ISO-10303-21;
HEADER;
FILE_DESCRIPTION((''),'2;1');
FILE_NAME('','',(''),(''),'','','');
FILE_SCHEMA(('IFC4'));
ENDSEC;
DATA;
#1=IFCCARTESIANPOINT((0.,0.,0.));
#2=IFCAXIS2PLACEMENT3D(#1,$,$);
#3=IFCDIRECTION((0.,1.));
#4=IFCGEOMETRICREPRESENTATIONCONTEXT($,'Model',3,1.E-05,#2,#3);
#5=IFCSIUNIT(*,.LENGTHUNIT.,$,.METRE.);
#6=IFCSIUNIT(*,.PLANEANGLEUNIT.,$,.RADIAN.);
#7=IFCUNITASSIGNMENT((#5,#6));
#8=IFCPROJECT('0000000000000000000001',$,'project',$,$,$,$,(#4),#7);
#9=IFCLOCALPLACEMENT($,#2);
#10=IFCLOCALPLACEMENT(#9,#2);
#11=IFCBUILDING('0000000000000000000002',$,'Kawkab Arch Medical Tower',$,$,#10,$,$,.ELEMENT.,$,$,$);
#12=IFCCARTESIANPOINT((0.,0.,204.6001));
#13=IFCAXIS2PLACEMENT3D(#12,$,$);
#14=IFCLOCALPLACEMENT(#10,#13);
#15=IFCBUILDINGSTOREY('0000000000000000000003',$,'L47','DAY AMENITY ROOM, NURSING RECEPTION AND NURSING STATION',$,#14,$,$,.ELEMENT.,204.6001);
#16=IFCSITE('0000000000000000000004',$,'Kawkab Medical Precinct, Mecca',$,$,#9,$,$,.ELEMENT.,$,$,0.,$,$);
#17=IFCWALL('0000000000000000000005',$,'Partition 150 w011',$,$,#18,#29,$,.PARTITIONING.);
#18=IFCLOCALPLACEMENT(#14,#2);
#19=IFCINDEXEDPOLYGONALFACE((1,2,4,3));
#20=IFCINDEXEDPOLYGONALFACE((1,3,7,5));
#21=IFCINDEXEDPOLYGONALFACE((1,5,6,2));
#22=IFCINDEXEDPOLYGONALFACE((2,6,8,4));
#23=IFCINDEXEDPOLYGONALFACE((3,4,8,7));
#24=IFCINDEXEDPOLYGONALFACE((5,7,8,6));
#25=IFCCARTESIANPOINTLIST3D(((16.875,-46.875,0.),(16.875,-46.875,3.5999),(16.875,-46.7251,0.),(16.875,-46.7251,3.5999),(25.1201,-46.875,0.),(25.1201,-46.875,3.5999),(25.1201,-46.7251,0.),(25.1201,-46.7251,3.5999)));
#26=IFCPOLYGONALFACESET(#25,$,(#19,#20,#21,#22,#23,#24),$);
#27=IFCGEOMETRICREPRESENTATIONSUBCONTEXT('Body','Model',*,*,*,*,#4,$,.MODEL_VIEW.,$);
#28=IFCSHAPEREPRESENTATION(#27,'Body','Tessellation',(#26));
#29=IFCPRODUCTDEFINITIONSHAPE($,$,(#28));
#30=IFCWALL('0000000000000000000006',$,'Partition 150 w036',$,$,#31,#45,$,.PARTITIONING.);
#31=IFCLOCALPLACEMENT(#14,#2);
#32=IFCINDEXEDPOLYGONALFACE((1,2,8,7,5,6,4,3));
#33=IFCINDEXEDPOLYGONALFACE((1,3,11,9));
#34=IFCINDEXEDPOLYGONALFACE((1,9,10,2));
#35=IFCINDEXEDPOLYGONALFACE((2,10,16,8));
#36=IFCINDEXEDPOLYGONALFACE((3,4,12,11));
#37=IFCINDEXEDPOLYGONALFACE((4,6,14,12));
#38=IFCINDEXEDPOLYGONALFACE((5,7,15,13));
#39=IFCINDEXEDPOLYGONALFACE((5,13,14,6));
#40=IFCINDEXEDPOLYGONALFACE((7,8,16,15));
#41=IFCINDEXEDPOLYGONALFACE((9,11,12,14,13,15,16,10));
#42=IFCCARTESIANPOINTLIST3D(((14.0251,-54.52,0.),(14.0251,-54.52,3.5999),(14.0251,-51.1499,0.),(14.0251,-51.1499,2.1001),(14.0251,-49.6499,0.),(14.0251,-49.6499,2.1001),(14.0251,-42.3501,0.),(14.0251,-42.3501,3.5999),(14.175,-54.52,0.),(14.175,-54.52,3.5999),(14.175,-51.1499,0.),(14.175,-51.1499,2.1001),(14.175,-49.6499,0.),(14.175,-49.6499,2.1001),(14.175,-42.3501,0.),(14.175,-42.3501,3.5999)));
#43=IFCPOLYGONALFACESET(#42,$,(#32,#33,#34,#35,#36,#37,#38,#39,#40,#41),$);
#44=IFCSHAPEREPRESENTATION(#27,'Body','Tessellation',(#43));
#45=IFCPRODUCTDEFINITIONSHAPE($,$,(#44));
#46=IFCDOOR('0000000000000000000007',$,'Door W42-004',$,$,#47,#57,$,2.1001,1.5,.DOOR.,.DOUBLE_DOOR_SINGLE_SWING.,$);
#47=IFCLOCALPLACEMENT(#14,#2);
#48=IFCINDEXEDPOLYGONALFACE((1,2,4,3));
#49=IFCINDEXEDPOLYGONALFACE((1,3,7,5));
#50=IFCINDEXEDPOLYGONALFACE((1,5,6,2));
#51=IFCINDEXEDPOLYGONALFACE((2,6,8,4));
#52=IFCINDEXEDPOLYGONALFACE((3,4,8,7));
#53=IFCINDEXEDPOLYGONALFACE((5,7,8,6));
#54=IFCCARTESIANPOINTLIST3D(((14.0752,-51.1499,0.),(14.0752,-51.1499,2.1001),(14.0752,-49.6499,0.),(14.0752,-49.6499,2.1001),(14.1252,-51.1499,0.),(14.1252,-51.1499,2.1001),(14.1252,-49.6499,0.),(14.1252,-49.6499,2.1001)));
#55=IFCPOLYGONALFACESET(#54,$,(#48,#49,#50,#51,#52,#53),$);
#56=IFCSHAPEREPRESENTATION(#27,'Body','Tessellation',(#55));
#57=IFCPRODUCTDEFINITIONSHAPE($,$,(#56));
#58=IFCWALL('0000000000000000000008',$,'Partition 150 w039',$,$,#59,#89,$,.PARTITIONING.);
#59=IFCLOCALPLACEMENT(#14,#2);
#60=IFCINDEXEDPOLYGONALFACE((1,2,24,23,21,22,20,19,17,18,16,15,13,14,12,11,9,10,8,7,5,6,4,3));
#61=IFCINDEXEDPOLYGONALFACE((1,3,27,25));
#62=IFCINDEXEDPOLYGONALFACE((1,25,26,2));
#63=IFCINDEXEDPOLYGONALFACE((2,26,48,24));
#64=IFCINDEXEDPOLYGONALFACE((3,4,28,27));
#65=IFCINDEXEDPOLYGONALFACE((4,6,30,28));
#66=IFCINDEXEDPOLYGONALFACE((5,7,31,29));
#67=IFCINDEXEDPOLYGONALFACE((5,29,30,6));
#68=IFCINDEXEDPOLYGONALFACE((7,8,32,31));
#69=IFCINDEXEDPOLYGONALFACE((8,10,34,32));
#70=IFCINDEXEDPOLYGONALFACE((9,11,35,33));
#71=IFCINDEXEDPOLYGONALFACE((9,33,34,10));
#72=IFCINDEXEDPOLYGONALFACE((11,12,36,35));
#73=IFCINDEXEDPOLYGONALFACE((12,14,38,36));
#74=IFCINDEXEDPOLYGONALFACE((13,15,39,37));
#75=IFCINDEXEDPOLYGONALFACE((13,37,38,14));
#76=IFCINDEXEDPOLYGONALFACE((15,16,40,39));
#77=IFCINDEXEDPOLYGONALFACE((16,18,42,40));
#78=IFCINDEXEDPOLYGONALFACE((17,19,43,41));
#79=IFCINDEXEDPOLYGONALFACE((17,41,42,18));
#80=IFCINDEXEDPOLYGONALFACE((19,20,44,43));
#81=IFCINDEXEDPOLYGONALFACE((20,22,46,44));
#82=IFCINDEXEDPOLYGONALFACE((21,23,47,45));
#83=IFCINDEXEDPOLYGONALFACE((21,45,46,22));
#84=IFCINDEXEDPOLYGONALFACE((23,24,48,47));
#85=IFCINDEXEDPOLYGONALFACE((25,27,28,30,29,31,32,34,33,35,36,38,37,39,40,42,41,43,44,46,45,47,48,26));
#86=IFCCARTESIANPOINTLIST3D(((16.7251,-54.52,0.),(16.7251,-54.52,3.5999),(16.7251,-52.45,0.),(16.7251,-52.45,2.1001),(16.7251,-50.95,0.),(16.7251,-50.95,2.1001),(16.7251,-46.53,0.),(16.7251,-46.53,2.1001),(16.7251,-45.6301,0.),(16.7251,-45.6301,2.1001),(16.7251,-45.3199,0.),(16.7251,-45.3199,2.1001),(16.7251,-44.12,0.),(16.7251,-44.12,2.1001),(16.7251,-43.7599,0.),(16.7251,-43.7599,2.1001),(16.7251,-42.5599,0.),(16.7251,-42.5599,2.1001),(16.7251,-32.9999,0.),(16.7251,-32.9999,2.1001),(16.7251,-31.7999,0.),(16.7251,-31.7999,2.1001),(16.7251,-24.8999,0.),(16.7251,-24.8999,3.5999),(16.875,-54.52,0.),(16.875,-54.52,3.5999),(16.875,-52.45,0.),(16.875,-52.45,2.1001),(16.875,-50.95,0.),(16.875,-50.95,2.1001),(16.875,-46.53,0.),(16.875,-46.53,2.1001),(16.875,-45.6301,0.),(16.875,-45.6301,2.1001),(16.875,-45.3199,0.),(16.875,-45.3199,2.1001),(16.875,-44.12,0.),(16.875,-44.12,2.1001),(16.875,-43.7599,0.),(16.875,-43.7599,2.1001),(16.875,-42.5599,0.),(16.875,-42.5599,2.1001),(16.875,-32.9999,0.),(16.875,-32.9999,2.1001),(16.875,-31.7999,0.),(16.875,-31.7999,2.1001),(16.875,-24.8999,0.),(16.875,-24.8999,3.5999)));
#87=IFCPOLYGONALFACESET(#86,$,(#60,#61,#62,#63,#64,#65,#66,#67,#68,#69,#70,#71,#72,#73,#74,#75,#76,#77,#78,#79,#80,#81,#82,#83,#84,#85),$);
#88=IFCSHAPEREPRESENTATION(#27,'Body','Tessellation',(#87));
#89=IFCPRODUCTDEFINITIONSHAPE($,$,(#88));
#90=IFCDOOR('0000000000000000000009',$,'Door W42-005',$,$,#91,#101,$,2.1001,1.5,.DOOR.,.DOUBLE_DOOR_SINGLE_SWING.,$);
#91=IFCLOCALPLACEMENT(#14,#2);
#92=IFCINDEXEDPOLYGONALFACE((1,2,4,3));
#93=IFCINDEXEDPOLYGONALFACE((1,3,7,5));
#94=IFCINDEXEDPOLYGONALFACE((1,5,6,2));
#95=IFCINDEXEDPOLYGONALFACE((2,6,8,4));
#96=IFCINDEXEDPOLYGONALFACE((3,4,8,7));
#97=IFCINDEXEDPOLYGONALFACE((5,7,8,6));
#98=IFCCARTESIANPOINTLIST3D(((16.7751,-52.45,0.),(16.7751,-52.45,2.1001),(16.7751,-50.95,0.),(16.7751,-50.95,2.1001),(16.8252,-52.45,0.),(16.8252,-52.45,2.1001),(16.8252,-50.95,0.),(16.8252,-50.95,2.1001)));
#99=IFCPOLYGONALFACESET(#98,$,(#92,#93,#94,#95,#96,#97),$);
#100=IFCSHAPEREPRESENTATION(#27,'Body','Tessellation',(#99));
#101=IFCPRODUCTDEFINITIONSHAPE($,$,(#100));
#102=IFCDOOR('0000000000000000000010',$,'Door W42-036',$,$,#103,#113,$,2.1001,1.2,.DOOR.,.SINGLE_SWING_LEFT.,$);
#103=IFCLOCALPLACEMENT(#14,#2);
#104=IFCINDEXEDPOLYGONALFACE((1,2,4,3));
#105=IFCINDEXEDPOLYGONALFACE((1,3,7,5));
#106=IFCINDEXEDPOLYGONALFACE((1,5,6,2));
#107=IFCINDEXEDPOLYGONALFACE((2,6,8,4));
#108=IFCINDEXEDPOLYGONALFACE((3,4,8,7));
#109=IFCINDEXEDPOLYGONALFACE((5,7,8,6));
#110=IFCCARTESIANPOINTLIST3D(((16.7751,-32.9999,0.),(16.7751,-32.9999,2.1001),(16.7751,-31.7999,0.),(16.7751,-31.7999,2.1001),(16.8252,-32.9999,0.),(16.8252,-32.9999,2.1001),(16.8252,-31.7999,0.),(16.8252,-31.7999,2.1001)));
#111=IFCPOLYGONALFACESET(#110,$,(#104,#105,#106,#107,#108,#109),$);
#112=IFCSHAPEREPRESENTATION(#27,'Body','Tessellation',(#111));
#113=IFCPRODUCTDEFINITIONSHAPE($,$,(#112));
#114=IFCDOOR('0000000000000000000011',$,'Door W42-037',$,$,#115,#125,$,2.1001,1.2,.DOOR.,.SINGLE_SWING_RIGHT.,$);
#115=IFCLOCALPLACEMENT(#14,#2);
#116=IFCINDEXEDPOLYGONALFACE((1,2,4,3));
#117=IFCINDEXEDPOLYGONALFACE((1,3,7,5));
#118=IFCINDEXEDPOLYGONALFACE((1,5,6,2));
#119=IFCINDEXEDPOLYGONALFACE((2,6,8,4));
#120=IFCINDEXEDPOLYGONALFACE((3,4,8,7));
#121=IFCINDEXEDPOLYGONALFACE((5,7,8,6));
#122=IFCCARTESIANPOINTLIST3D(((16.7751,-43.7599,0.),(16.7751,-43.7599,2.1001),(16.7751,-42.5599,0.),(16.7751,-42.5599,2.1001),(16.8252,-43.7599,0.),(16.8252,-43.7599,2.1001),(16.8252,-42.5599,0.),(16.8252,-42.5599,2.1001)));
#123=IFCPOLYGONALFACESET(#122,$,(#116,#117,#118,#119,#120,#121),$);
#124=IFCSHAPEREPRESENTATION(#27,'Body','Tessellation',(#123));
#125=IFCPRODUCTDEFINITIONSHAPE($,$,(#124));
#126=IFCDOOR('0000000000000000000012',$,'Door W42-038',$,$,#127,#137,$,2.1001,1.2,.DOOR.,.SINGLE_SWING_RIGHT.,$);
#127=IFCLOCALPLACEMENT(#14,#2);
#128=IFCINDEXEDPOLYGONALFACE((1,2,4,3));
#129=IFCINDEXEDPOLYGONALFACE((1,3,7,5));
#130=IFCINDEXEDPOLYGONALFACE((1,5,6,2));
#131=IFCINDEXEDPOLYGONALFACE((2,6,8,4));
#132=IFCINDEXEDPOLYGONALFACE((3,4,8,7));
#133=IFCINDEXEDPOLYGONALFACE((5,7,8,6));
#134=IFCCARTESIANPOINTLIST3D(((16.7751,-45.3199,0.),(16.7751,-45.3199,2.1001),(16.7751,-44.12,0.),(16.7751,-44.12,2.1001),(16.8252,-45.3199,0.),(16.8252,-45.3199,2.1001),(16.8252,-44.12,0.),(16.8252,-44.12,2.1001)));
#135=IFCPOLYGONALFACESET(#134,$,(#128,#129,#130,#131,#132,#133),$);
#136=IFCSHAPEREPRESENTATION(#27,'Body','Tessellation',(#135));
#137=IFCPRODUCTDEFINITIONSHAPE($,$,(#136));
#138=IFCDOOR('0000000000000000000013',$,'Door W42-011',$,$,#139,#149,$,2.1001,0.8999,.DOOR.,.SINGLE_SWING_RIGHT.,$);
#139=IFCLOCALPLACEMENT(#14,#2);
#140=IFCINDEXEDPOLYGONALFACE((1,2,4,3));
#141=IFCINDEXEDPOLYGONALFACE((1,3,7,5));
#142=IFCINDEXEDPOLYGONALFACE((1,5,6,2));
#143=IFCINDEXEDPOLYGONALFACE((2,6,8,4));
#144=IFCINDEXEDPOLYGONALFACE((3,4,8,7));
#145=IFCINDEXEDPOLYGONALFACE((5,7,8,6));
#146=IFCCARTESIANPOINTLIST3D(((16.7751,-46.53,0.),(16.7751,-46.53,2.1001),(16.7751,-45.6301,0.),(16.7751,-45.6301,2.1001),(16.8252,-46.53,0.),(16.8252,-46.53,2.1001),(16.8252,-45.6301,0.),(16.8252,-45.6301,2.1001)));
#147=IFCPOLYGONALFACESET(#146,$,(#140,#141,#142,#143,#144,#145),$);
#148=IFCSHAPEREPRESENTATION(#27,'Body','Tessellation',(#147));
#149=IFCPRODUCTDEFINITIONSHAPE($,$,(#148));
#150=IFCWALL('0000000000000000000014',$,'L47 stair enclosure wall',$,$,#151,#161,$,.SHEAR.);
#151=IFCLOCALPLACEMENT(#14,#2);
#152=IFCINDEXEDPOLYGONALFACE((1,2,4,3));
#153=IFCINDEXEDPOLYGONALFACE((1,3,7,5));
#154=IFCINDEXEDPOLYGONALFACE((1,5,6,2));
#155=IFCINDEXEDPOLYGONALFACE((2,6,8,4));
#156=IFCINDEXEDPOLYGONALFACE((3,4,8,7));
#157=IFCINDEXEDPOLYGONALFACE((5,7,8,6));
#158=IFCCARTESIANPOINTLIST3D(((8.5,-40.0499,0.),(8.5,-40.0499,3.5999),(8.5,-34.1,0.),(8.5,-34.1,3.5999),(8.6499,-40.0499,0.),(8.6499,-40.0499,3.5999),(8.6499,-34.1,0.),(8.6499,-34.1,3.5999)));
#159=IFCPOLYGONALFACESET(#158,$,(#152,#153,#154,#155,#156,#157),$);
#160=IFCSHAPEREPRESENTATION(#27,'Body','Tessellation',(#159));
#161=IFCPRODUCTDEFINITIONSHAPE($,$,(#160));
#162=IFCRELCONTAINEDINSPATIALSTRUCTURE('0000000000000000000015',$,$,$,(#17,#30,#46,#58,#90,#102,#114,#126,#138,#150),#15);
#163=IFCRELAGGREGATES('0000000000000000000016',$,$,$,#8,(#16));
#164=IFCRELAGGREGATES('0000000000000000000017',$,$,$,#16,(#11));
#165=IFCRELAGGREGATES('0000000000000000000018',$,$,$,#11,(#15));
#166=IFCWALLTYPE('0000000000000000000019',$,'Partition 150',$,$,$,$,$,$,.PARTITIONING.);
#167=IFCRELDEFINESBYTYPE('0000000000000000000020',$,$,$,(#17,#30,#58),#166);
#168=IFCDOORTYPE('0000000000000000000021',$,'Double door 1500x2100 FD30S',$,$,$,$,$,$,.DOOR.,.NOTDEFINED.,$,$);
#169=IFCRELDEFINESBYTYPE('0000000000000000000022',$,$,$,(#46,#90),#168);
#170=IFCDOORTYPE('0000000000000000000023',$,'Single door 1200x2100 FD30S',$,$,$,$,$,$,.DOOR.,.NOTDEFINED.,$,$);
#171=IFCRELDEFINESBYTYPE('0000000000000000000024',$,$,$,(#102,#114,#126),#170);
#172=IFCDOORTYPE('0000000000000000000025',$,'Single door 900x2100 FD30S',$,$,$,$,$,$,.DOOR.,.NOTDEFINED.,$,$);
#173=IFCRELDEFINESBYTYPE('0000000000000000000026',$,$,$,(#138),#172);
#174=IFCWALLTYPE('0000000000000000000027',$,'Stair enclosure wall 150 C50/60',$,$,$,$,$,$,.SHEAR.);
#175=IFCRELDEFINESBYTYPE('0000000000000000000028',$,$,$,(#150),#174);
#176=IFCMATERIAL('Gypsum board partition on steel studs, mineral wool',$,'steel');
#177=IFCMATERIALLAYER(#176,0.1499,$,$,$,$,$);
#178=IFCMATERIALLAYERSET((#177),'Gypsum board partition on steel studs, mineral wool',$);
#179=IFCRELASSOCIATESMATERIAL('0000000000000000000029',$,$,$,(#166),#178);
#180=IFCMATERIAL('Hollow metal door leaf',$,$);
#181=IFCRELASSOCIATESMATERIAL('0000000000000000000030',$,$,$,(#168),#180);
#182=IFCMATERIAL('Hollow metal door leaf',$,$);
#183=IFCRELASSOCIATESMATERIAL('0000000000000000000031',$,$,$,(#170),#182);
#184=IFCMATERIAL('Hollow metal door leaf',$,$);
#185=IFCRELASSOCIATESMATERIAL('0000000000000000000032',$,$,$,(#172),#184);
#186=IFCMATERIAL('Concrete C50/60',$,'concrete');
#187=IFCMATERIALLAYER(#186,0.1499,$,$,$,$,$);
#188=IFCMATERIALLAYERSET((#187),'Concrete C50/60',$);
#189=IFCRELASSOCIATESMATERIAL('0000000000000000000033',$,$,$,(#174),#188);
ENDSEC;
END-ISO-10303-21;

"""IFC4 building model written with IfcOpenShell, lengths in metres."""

from ifc_helpers import new_model, si_unit, direction, frame, frame_2d, origin, place, context, subcontext, project, spatial, rectangle, extrude, material, layer, layer_set, type_object, element, fill, save


model = new_model("IFC4")

# Units and contexts
model_context = context("Model", 3, precision=1e-05, world=origin(), true_north=direction((0.0, 1.0)))
body_context = subcontext(model_context, "Body", "Model", "MODEL_VIEW")
ifc_project = project(units=[si_unit("LENGTHUNIT", "METRE"), si_unit("PLANEANGLEUNIT", "RADIAN")], contexts=[model_context])

# Site, building, storey
site_placement = place(None, origin())
site = spatial("IfcSite", under=ifc_project, at=site_placement, Name="Kawkab Medical Precinct, Mecca", CompositionType="ELEMENT", RefElevation=0.0)
building_placement = place(site_placement, origin())
building = spatial("IfcBuilding", under=site, at=building_placement, Name="Kawkab Arch Medical Tower", CompositionType="ELEMENT")
storey_placement = place(building_placement, frame((0.0, 0.0, 204.6001)))
storey = spatial("IfcBuildingStorey", under=building, at=storey_placement, Name="L47", Description="DAY AMENITY ROOM, NURSING RECEPTION AND NURSING STATION", CompositionType="ELEMENT", Elevation=204.6001)

# Wall
ifc_material_1 = material(Name="Gypsum board partition on steel studs, mineral wool", Category="steel")
ifc_layer_1 = layer(ifc_material_1, 0.1499)
ifc_layer_set_1 = layer_set([ifc_layer_1], Name="Gypsum board partition on steel studs, mineral wool")
wall_type_1 = type_object("IfcWallType", Name="Partition 150", PredefinedType="PARTITIONING", material=ifc_layer_set_1)
wall_1_placement = place(storey_placement, frame((16.875, -46.8, 0.0), z_axis=(0.0, 0.0, 1.0), x_axis=(1.0, 0.0, 0.0)))
element("IfcWall", 1, at=wall_1_placement, inside=storey, type_object=wall_type_1, Name="Partition 150 w011", PredefinedType="PARTITIONING", context=body_context, shape_type="SweptSolid", body=[
    extrude(rectangle(XDim=8.2451, YDim=0.1499, at=frame_2d((4.1226, 0.0))), origin(), (0.0, 0.0, 1.0), 3.5999),
])

# Wall, opening, door
wall_2_placement = place(storey_placement, frame((14.1001, -54.52, 0.0), z_axis=(0.0, 0.0, 1.0), x_axis=(0.0, 1.0, 0.0)))
wall_2 = element("IfcWall", 2, at=wall_2_placement, inside=storey, type_object=wall_type_1, Name="Partition 150 w036", PredefinedType="PARTITIONING", context=body_context, shape_type="SweptSolid", body=[
    extrude(rectangle(XDim=12.1699, YDim=0.1499, at=frame_2d((6.085, 0.0))), origin(), (0.0, 0.0, 1.0), 3.5999),
])
opening_1_placement = place(wall_2_placement, frame((3.3701, 0.0, 0.0)))
opening_1 = element("IfcOpeningElement", 3, at=opening_1_placement, cuts=wall_2, PredefinedType="OPENING", context=body_context, shape_type="SweptSolid", body=[
    extrude(rectangle(XDim=1.5, YDim=2.1001, at=frame_2d((0.75, 1.05))), frame((0.0, 0.085, 0.0), z_axis=(0.0, -1.0, 0.0), x_axis=(1.0, 0.0, 0.0)), (0.0, 0.0, 1.0), 0.1699),
])
ifc_material_2 = material(Name="Hollow metal door leaf")
door_type_1 = type_object("IfcDoorType", Name="Double door 1500x2100 FD30S", OperationType="NOTDEFINED", PredefinedType="DOOR", material=ifc_material_2)
door_1_placement = place(opening_1_placement, origin())
door_1 = element("IfcDoor", 4, at=door_1_placement, inside=storey, type_object=door_type_1, Name="Door W42-004", OperationType="DOUBLE_DOOR_SINGLE_SWING", OverallHeight=2.1001, OverallWidth=1.5, PredefinedType="DOOR", context=body_context, shape_type="SweptSolid", body=[
    extrude(rectangle(XDim=1.5, YDim=2.1001, at=frame_2d((0.75, 1.05))), frame((0.0, 0.0249, 0.0), z_axis=(0.0, -1.0, 0.0), x_axis=(1.0, 0.0, 0.0)), (0.0, 0.0, 1.0), 0.05),
])
fill(opening_1, door_1)

# Wall, openings, doors
wall_3_placement = place(storey_placement, frame((16.8, -54.52, 0.0), z_axis=(0.0, 0.0, 1.0), x_axis=(0.0, 1.0, 0.0)))
wall_3 = element("IfcWall", 5, at=wall_3_placement, inside=storey, type_object=wall_type_1, Name="Partition 150 w039", PredefinedType="PARTITIONING", context=body_context, shape_type="SweptSolid", body=[
    extrude(rectangle(XDim=29.6201, YDim=0.1499, at=frame_2d((14.8101, 0.0))), origin(), (0.0, 0.0, 1.0), 3.5999),
])
opening_2_placement = place(wall_3_placement, frame((21.52, 0.0, 0.0)))
opening_2 = element("IfcOpeningElement", 6, at=opening_2_placement, cuts=wall_3, PredefinedType="OPENING", context=body_context, shape_type="SweptSolid", body=[
    extrude(rectangle(XDim=1.2, YDim=2.1001, at=frame_2d((0.6001, 1.05))), frame((0.0, 0.085, 0.0), z_axis=(0.0, -1.0, 0.0), x_axis=(1.0, 0.0, 0.0)), (0.0, 0.0, 1.0), 0.1699),
])
opening_3_placement = place(wall_3_placement, frame((10.76, 0.0, 0.0)))
opening_3 = element("IfcOpeningElement", 7, at=opening_3_placement, cuts=wall_3, PredefinedType="OPENING", context=body_context, shape_type="SweptSolid", body=[
    extrude(rectangle(XDim=1.2, YDim=2.1001, at=frame_2d((0.6001, 1.05))), frame((0.0, 0.085, 0.0), z_axis=(0.0, -1.0, 0.0), x_axis=(1.0, 0.0, 0.0)), (0.0, 0.0, 1.0), 0.1699),
])
opening_4_placement = place(wall_3_placement, frame((9.2, 0.0, 0.0)))
opening_4 = element("IfcOpeningElement", 8, at=opening_4_placement, cuts=wall_3, PredefinedType="OPENING", context=body_context, shape_type="SweptSolid", body=[
    extrude(rectangle(XDim=1.2, YDim=2.1001, at=frame_2d((0.6001, 1.05))), frame((0.0, 0.085, 0.0), z_axis=(0.0, -1.0, 0.0), x_axis=(1.0, 0.0, 0.0)), (0.0, 0.0, 1.0), 0.1699),
])
opening_5_placement = place(wall_3_placement, frame((7.99, 0.0, 0.0)))
opening_5 = element("IfcOpeningElement", 9, at=opening_5_placement, cuts=wall_3, PredefinedType="OPENING", context=body_context, shape_type="SweptSolid", body=[
    extrude(rectangle(XDim=0.8999, YDim=2.1001, at=frame_2d((0.45, 1.05))), frame((0.0, 0.085, 0.0), z_axis=(0.0, -1.0, 0.0), x_axis=(1.0, 0.0, 0.0)), (0.0, 0.0, 1.0), 0.1699),
])
opening_6_placement = place(wall_3_placement, frame((2.0701, 0.0, 0.0)))
opening_6 = element("IfcOpeningElement", 10, at=opening_6_placement, cuts=wall_3, PredefinedType="OPENING", context=body_context, shape_type="SweptSolid", body=[
    extrude(rectangle(XDim=1.5, YDim=2.1001, at=frame_2d((0.75, 1.05))), frame((0.0, 0.085, 0.0), z_axis=(0.0, -1.0, 0.0), x_axis=(1.0, 0.0, 0.0)), (0.0, 0.0, 1.0), 0.1699),
])
door_2_placement = place(opening_6_placement, origin())
door_2 = element("IfcDoor", 11, at=door_2_placement, inside=storey, type_object=door_type_1, Name="Door W42-005", OperationType="DOUBLE_DOOR_SINGLE_SWING", OverallHeight=2.1001, OverallWidth=1.5, PredefinedType="DOOR", context=body_context, shape_type="SweptSolid", body=[
    extrude(rectangle(XDim=1.5, YDim=2.1001, at=frame_2d((0.75, 1.05))), frame((0.0, 0.0249, 0.0), z_axis=(0.0, -1.0, 0.0), x_axis=(1.0, 0.0, 0.0)), (0.0, 0.0, 1.0), 0.05),
])
fill(opening_6, door_2)
ifc_material_3 = material(Name="Hollow metal door leaf")
door_type_2 = type_object("IfcDoorType", Name="Single door 1200x2100 FD30S", OperationType="NOTDEFINED", PredefinedType="DOOR", material=ifc_material_3)
door_3_placement = place(opening_2_placement, origin())
door_3 = element("IfcDoor", 12, at=door_3_placement, inside=storey, type_object=door_type_2, Name="Door W42-036", OperationType="SINGLE_SWING_LEFT", OverallHeight=2.1001, OverallWidth=1.2, PredefinedType="DOOR", context=body_context, shape_type="SweptSolid", body=[
    extrude(rectangle(XDim=1.2, YDim=2.1001, at=frame_2d((0.6001, 1.05))), frame((0.0, 0.0249, 0.0), z_axis=(0.0, -1.0, 0.0), x_axis=(1.0, 0.0, 0.0)), (0.0, 0.0, 1.0), 0.05),
])
fill(opening_2, door_3)
door_4_placement = place(opening_3_placement, origin())
door_4 = element("IfcDoor", 13, at=door_4_placement, inside=storey, type_object=door_type_2, Name="Door W42-037", OperationType="SINGLE_SWING_RIGHT", OverallHeight=2.1001, OverallWidth=1.2, PredefinedType="DOOR", context=body_context, shape_type="SweptSolid", body=[
    extrude(rectangle(XDim=1.2, YDim=2.1001, at=frame_2d((0.6001, 1.05))), frame((0.0, 0.0249, 0.0), z_axis=(0.0, -1.0, 0.0), x_axis=(1.0, 0.0, 0.0)), (0.0, 0.0, 1.0), 0.05),
])
fill(opening_3, door_4)
door_5_placement = place(opening_4_placement, origin())
door_5 = element("IfcDoor", 14, at=door_5_placement, inside=storey, type_object=door_type_2, Name="Door W42-038", OperationType="SINGLE_SWING_RIGHT", OverallHeight=2.1001, OverallWidth=1.2, PredefinedType="DOOR", context=body_context, shape_type="SweptSolid", body=[
    extrude(rectangle(XDim=1.2, YDim=2.1001, at=frame_2d((0.6001, 1.05))), frame((0.0, 0.0249, 0.0), z_axis=(0.0, -1.0, 0.0), x_axis=(1.0, 0.0, 0.0)), (0.0, 0.0, 1.0), 0.05),
])
fill(opening_4, door_5)
ifc_material_4 = material(Name="Hollow metal door leaf")
door_type_3 = type_object("IfcDoorType", Name="Single door 900x2100 FD30S", OperationType="NOTDEFINED", PredefinedType="DOOR", material=ifc_material_4)
door_6_placement = place(opening_5_placement, origin())
door_6 = element("IfcDoor", 15, at=door_6_placement, inside=storey, type_object=door_type_3, Name="Door W42-011", OperationType="SINGLE_SWING_RIGHT", OverallHeight=2.1001, OverallWidth=0.8999, PredefinedType="DOOR", context=body_context, shape_type="SweptSolid", body=[
    extrude(rectangle(XDim=0.8999, YDim=2.1001, at=frame_2d((0.45, 1.05))), frame((0.0, 0.0249, 0.0), z_axis=(0.0, -1.0, 0.0), x_axis=(1.0, 0.0, 0.0)), (0.0, 0.0, 1.0), 0.05),
])
fill(opening_5, door_6)

# Wall
ifc_material_5 = material(Name="Concrete C50/60", Category="concrete")
ifc_layer_2 = layer(ifc_material_5, 0.1499)
ifc_layer_set_2 = layer_set([ifc_layer_2], Name="Concrete C50/60")
wall_type_2 = type_object("IfcWallType", Name="Stair enclosure wall 150 C50/60", PredefinedType="SHEAR", material=ifc_layer_set_2)
wall_4_placement = place(storey_placement, frame((8.575, -40.05, 0.0), z_axis=(0.0, 0.0, 1.0), x_axis=(0.0, 1.0, 0.0)))
element("IfcWall", 16, at=wall_4_placement, inside=storey, type_object=wall_type_2, Name="L47 stair enclosure wall", PredefinedType="SHEAR", context=body_context, shape_type="SweptSolid", body=[
    extrude(rectangle(XDim=5.95, YDim=0.1499, at=frame_2d((2.9751, 0.0))), origin(), (0.0, 0.0, 1.0), 3.5999),
])

save(model, "model.ifc")
